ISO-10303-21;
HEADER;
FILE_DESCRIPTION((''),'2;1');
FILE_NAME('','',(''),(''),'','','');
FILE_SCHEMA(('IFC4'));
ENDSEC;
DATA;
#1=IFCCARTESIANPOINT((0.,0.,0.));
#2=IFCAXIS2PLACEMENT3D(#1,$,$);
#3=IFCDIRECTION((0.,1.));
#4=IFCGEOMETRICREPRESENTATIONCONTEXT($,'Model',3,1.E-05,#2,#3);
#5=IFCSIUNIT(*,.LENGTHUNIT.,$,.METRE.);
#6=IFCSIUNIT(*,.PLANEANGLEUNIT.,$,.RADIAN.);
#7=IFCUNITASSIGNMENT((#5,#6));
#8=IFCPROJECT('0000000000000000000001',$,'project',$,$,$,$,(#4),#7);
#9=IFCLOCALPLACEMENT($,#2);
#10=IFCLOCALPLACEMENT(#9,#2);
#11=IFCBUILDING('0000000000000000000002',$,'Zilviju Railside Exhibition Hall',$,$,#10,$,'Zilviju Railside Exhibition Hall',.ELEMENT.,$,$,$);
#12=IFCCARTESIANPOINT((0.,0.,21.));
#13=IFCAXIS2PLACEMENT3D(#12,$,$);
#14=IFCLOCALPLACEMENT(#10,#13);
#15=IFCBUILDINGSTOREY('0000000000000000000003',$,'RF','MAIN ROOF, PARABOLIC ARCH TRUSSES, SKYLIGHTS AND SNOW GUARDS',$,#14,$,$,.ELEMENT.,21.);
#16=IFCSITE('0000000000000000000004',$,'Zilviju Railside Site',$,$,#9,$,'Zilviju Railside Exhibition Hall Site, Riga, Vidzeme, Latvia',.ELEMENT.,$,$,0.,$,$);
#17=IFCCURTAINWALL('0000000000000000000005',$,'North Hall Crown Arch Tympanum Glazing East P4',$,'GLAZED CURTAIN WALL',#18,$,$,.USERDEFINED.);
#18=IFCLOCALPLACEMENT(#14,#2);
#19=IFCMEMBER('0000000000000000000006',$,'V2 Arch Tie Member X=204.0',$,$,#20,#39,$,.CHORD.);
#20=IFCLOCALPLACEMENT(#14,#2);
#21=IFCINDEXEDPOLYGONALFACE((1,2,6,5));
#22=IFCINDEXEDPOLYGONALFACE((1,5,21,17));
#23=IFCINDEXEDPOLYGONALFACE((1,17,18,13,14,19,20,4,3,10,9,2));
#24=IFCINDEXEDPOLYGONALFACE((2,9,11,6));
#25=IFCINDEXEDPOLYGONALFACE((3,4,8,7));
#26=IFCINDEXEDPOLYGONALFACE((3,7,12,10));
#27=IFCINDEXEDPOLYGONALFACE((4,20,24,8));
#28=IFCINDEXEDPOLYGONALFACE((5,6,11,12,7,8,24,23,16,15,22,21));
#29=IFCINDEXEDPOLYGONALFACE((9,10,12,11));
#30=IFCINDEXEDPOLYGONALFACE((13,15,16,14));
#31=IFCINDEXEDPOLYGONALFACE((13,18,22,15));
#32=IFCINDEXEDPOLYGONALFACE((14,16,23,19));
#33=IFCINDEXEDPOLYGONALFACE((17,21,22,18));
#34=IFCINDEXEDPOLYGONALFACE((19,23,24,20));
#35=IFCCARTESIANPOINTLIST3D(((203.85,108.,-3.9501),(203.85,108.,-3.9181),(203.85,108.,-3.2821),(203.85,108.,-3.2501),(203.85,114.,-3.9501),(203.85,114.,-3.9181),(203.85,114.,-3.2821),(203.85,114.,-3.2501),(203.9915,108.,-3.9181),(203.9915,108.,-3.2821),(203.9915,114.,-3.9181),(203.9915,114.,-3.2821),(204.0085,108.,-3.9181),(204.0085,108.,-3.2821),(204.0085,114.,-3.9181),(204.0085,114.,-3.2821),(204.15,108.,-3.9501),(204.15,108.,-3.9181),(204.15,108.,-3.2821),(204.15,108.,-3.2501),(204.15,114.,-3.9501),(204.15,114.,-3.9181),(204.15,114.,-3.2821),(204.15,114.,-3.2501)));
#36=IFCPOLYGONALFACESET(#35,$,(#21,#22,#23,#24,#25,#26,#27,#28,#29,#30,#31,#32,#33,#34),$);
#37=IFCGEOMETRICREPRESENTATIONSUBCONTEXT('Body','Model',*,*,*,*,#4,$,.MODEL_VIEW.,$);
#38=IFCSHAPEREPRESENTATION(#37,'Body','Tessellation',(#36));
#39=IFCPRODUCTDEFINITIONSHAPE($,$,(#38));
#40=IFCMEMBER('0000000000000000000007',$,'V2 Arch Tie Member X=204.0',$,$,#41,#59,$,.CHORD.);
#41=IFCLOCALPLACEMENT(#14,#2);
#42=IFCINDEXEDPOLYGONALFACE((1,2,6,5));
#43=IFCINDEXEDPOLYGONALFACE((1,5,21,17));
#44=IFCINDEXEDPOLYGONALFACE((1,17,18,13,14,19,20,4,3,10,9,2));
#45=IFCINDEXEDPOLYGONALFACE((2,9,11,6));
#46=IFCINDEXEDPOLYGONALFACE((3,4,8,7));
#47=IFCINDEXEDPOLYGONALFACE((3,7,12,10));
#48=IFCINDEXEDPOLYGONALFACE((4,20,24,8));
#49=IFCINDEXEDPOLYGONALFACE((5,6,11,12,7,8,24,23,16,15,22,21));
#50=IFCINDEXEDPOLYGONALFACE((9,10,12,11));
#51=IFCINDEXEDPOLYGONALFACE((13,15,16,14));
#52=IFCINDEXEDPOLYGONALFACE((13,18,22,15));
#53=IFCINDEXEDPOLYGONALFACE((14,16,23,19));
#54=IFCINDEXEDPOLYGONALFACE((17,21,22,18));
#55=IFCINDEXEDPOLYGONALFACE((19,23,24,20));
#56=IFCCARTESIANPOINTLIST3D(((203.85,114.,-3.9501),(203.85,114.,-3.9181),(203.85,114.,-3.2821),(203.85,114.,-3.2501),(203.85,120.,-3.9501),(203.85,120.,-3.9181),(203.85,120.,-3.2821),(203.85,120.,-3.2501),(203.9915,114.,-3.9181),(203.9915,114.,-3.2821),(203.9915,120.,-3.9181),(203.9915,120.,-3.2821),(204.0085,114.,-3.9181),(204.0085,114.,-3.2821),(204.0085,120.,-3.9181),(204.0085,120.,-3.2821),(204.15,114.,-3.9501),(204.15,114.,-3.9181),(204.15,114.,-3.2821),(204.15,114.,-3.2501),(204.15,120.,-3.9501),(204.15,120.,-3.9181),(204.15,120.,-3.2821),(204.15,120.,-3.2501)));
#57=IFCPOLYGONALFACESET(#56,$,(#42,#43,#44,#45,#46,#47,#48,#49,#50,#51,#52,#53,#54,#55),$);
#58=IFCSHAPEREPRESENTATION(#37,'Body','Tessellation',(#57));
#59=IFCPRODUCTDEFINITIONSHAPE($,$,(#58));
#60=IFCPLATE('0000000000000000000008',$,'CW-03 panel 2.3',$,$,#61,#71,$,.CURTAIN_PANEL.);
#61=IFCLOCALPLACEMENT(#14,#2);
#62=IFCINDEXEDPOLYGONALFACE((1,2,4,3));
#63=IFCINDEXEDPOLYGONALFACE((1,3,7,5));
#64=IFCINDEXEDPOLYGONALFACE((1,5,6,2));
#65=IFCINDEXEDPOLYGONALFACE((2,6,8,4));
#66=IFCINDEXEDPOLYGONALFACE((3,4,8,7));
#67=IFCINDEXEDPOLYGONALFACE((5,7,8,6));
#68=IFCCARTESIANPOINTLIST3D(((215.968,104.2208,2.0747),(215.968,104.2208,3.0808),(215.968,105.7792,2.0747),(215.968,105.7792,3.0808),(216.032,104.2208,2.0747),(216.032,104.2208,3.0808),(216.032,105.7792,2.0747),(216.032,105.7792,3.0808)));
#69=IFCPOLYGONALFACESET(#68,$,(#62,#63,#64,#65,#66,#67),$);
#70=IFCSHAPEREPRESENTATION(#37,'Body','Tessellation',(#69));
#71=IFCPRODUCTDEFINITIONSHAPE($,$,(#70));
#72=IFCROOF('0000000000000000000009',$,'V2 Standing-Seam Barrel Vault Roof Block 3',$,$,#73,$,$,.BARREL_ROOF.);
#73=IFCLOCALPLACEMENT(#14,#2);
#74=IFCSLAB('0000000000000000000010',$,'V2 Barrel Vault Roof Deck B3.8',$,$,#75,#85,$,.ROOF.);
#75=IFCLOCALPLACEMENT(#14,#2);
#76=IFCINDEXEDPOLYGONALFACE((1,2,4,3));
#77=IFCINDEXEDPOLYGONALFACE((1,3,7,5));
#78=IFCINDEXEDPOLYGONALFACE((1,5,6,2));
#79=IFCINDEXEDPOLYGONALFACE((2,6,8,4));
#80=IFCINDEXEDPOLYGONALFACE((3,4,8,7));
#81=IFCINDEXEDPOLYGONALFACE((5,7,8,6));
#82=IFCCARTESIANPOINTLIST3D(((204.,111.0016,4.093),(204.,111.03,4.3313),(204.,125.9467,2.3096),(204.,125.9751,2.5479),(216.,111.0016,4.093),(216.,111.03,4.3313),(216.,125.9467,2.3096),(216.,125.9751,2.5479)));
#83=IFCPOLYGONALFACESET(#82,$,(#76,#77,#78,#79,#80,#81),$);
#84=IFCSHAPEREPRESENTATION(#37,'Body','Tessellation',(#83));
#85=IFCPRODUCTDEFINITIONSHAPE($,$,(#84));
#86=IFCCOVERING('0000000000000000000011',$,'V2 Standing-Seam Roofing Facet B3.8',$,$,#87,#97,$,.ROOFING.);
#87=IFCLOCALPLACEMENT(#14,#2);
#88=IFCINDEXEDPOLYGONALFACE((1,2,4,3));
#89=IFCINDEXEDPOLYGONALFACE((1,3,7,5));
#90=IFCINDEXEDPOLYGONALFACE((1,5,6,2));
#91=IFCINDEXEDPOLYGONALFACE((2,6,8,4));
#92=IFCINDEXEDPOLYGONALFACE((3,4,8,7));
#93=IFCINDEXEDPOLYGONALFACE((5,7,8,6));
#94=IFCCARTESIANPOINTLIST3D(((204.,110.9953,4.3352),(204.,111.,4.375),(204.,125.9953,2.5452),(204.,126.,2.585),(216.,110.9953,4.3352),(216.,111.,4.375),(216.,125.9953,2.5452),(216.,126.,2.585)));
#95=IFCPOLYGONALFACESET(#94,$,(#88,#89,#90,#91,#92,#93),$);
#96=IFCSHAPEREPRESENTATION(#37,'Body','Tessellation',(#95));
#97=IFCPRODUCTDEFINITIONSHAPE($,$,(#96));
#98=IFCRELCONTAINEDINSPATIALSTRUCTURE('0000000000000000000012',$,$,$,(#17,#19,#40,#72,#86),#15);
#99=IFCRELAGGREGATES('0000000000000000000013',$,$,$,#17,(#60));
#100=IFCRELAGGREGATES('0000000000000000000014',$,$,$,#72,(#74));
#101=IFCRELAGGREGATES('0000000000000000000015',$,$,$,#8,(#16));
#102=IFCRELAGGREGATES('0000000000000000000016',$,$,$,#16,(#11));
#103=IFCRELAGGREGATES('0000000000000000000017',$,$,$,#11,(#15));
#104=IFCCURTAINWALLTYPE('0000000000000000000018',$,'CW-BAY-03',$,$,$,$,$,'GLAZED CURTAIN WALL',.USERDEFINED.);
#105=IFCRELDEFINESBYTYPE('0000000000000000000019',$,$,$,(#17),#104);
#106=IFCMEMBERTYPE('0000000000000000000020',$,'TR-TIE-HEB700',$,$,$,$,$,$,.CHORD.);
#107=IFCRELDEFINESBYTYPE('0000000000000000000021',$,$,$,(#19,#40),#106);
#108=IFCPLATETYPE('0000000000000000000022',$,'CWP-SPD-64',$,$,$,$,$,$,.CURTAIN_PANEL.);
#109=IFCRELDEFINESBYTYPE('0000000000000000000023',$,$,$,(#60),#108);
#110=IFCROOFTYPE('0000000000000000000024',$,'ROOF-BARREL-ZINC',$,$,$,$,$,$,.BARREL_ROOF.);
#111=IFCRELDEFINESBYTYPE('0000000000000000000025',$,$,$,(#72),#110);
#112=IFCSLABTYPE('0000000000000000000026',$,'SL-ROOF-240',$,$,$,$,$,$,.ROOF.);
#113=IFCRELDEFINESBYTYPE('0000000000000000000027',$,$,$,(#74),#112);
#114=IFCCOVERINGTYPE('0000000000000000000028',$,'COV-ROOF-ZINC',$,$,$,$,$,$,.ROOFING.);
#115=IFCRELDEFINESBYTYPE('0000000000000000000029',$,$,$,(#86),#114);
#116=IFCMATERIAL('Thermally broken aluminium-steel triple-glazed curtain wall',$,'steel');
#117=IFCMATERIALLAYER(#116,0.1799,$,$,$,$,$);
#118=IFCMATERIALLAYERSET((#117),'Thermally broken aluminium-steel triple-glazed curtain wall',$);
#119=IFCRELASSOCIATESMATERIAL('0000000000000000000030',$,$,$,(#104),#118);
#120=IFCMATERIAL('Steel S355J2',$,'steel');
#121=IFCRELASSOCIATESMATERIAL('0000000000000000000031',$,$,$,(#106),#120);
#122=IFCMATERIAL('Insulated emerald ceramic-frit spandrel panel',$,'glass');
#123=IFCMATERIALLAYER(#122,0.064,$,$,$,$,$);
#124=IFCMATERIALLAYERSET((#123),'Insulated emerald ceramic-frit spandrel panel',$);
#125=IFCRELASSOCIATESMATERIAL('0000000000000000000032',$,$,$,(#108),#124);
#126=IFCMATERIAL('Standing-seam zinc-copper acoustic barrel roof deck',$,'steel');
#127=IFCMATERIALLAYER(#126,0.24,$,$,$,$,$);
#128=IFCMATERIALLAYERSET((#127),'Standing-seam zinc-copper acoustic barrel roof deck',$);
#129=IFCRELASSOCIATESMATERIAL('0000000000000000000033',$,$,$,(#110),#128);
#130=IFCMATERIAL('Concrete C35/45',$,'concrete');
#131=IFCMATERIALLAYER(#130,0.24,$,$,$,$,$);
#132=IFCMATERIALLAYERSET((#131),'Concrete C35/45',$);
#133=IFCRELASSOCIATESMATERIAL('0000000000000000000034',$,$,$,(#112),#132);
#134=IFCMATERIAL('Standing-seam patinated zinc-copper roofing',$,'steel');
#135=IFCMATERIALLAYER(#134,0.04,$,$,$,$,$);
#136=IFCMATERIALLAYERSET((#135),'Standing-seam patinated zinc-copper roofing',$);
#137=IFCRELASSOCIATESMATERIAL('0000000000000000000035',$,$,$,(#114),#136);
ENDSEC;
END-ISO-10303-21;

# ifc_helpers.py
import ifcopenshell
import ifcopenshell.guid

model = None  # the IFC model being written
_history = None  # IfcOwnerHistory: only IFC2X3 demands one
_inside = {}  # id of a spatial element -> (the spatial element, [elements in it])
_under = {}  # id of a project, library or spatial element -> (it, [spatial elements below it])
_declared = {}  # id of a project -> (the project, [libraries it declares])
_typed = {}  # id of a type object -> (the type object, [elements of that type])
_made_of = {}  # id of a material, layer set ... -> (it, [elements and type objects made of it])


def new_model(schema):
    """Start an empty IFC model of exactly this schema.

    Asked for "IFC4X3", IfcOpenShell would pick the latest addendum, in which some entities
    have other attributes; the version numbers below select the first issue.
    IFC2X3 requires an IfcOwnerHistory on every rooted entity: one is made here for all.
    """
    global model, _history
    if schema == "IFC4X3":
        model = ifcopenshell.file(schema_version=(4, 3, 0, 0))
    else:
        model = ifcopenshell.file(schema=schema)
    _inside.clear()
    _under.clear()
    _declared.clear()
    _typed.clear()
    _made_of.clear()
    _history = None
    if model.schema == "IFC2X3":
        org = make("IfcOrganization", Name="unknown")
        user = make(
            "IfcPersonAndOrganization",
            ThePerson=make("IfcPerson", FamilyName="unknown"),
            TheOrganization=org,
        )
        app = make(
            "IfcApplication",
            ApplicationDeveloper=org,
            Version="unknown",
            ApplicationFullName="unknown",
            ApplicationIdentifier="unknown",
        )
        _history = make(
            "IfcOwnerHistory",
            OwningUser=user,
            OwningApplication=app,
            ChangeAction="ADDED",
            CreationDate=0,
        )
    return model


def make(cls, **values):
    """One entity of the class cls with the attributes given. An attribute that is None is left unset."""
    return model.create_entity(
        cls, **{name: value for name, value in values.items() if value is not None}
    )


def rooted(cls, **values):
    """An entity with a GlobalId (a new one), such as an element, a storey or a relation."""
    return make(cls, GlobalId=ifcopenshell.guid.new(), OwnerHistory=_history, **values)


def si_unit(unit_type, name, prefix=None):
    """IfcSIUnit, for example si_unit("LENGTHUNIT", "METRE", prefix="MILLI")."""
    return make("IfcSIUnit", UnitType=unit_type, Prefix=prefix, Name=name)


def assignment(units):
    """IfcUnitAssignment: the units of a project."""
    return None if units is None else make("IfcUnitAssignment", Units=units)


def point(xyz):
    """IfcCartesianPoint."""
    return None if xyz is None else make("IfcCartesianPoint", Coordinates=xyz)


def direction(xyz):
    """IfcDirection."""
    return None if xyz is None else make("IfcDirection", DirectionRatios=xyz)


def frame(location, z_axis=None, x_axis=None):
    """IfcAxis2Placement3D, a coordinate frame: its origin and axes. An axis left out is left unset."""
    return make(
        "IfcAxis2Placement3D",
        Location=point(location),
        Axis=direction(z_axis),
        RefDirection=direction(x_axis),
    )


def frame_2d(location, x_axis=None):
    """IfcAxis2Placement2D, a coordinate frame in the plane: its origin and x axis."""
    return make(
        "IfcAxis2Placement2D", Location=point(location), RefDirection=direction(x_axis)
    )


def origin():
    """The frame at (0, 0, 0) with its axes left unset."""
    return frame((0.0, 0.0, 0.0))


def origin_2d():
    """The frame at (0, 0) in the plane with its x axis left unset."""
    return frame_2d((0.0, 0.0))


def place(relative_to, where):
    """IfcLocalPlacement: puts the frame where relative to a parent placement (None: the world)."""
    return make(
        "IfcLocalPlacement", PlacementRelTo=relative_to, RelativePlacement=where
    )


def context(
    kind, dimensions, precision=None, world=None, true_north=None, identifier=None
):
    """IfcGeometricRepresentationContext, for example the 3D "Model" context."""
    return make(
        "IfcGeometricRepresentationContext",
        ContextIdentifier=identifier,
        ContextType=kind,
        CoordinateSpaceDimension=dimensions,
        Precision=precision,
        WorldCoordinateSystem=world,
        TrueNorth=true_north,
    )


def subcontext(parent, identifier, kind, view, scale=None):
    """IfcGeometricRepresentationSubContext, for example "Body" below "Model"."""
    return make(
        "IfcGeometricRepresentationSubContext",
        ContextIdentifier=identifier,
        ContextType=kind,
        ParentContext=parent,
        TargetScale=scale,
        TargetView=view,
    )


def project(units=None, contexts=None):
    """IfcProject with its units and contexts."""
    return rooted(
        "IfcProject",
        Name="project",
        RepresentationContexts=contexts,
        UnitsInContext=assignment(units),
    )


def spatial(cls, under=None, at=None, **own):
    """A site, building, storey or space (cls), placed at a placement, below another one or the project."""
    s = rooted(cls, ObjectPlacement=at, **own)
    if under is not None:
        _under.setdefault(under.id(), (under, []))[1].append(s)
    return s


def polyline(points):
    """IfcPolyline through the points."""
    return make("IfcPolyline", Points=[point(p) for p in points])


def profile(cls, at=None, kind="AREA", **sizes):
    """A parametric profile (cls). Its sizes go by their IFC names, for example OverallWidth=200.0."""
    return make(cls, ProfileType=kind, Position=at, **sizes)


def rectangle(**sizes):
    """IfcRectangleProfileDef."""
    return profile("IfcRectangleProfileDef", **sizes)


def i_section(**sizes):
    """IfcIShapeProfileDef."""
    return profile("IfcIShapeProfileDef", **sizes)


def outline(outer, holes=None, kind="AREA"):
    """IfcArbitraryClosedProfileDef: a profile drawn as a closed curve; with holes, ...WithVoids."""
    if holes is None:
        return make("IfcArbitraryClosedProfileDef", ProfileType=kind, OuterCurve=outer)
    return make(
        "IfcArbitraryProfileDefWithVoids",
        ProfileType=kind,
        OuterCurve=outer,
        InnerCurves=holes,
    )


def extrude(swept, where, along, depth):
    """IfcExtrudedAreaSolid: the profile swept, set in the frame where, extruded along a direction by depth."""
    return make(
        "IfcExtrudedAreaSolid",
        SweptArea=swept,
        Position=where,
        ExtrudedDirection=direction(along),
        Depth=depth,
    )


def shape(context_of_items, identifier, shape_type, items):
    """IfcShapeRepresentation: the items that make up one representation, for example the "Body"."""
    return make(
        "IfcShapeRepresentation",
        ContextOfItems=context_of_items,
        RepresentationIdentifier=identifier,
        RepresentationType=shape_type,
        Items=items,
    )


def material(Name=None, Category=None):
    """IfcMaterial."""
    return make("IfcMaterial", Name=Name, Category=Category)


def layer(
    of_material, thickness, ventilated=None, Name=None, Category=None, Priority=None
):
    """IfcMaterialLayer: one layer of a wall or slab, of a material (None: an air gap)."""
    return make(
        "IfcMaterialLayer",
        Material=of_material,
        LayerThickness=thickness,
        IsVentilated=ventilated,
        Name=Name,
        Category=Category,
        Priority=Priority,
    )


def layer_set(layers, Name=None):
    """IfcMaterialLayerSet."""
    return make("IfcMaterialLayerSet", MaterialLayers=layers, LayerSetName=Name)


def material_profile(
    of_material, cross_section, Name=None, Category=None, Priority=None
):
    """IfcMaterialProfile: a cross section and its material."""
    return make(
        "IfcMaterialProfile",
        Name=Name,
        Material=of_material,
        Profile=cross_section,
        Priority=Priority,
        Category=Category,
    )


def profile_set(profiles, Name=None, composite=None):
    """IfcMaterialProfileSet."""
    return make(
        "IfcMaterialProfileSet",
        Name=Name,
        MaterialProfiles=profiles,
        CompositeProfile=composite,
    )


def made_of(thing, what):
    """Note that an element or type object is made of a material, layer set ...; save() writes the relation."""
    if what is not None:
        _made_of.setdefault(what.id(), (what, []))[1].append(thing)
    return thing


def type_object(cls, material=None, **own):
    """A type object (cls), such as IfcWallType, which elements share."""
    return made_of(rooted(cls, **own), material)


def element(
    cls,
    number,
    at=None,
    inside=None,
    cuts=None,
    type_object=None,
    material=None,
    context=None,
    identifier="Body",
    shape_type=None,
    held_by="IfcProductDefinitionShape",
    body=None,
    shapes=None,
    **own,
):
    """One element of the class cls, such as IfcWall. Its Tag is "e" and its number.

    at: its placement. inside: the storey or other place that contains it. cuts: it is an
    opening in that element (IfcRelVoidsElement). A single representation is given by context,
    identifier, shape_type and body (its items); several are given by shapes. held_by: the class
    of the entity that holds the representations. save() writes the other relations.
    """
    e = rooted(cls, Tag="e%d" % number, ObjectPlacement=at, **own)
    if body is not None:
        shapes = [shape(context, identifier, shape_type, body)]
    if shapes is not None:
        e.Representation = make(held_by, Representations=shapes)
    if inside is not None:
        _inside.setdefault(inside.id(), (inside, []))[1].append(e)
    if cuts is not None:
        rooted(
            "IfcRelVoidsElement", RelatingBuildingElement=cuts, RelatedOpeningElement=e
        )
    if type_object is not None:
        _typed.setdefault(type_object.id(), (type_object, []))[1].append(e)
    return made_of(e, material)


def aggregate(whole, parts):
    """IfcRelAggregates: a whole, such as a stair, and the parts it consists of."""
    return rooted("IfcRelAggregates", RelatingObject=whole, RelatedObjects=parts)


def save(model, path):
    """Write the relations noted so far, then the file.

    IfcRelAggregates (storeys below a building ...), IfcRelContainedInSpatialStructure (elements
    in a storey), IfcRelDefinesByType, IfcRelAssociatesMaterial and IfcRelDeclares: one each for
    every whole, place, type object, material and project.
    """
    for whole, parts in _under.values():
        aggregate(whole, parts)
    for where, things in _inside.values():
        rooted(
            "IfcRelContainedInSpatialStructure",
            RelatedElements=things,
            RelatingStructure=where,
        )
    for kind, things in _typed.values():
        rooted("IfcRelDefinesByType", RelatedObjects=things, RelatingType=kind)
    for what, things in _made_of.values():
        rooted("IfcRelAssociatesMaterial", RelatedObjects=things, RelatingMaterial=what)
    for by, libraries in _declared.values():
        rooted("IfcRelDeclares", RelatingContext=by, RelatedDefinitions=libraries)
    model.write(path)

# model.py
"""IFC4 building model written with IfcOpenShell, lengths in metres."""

from ifc_helpers import new_model, si_unit, direction, frame, origin, origin_2d, place, context, subcontext, project, spatial, polyline, rectangle, i_section, outline, extrude, material, layer, layer_set, material_profile, profile_set, type_object, element, aggregate, save


model = new_model("IFC4")

# Units and contexts
model_context = context("Model", 3, precision=1e-05, world=origin(), true_north=direction((0.0, 1.0)))
body_context = subcontext(model_context, "Body", "Model", "MODEL_VIEW")
ifc_project = project(units=[si_unit("LENGTHUNIT", "METRE"), si_unit("PLANEANGLEUNIT", "RADIAN")], contexts=[model_context])

# Site, building, storey
site_placement = place(None, origin())
site = spatial("IfcSite", under=ifc_project, at=site_placement, Name="Zilviju Railside Site", LongName="Zilviju Railside Exhibition Hall Site, Riga, Vidzeme, Latvia", CompositionType="ELEMENT", RefElevation=0.0)
building_placement = place(site_placement, origin())
building = spatial("IfcBuilding", under=site, at=building_placement, Name="Zilviju Railside Exhibition Hall", LongName="Zilviju Railside Exhibition Hall", CompositionType="ELEMENT")
storey_placement = place(building_placement, frame((0.0, 0.0, 21.0)))
storey = spatial("IfcBuildingStorey", under=building, at=storey_placement, Name="RF", Description="MAIN ROOF, PARABOLIC ARCH TRUSSES, SKYLIGHTS AND SNOW GUARDS", CompositionType="ELEMENT", Elevation=21.0)

# Curtain wall
ifc_material_1 = material(Name="Thermally broken aluminium-steel triple-glazed curtain wall", Category="steel")
ifc_layer_1 = layer(ifc_material_1, 0.1799)
ifc_layer_set_1 = layer_set([ifc_layer_1], Name="Thermally broken aluminium-steel triple-glazed curtain wall")
curtain_wall_type_1 = type_object("IfcCurtainWallType", Name="CW-BAY-03", ElementType="GLAZED CURTAIN WALL", PredefinedType="USERDEFINED", material=ifc_layer_set_1)
curtain_wall_1_placement = place(storey_placement, origin())
curtain_wall_1 = element("IfcCurtainWall", 1, at=curtain_wall_1_placement, inside=storey, type_object=curtain_wall_type_1, Name="North Hall Crown Arch Tympanum Glazing East P4", ObjectType="GLAZED CURTAIN WALL", PredefinedType="USERDEFINED")

# Members
ifc_material_2 = material(Name="Steel S355J2", Category="steel")
ifc_material_profile_1 = material_profile(ifc_material_2, i_section(OverallWidth=0.3, OverallDepth=0.7, WebThickness=0.0171, FlangeThickness=0.032, at=origin_2d()), Name="HEB 700")
ifc_profile_set_1 = profile_set([ifc_material_profile_1], Name="Steel S355J2")
member_type_1 = type_object("IfcMemberType", Name="TR-TIE-HEB700", PredefinedType="CHORD", material=ifc_profile_set_1)
for number, where, z_axis, x_axis, name in (
    (2, (204.0, 108.0, -3.6001), (0.0, 1.0, 0.0), (-1.0, 0.0, 0.0), "V2 Arch Tie Member X=204.0"),
    (3, (204.0, 114.0, -3.6001), (0.0, 1.0, 0.0), (-1.0, 0.0, 0.0), "V2 Arch Tie Member X=204.0"),
):
    element("IfcMember", number, at=place(storey_placement, frame(where, z_axis=z_axis, x_axis=x_axis)), inside=storey, type_object=member_type_1, Name=name, PredefinedType="CHORD", context=body_context, shape_type="SweptSolid", body=[
        extrude(i_section(OverallWidth=0.3, OverallDepth=0.7, WebThickness=0.0171, FlangeThickness=0.032, at=origin_2d()), origin(), (0.0, 0.0, 1.0), 6.0),
    ])

# Plate
ifc_material_3 = material(Name="Insulated emerald ceramic-frit spandrel panel", Category="glass")
ifc_layer_2 = layer(ifc_material_3, 0.064)
ifc_layer_set_2 = layer_set([ifc_layer_2], Name="Insulated emerald ceramic-frit spandrel panel")
plate_type = type_object("IfcPlateType", Name="CWP-SPD-64", PredefinedType="CURTAIN_PANEL", material=ifc_layer_set_2)
plate_placement = place(storey_placement, frame((216.0, 105.0, 2.0747), z_axis=(0.0, 0.0, 1.0), x_axis=(0.0, -1.0, 0.0)))
plate = element("IfcPlate", 4, at=plate_placement, type_object=plate_type, Name="CW-03 panel 2.3", PredefinedType="CURTAIN_PANEL", context=body_context, shape_type="SweptSolid", body=[
    extrude(rectangle(XDim=1.5583, YDim=0.064, at=origin_2d()), origin(), (0.0, 0.0, 1.0), 1.0061),
])
aggregate(curtain_wall_1, [plate])

# Roof, slab
ifc_material_4 = material(Name="Standing-seam zinc-copper acoustic barrel roof deck", Category="steel")
ifc_layer_3 = layer(ifc_material_4, 0.24)
ifc_layer_set_3 = layer_set([ifc_layer_3], Name="Standing-seam zinc-copper acoustic barrel roof deck")
roof_type = type_object("IfcRoofType", Name="ROOF-BARREL-ZINC", PredefinedType="BARREL_ROOF", material=ifc_layer_set_3)
roof_placement = place(storey_placement, origin())
roof = element("IfcRoof", 5, at=roof_placement, inside=storey, type_object=roof_type, Name="V2 Standing-Seam Barrel Vault Roof Block 3", PredefinedType="BARREL_ROOF")
ifc_material_5 = material(Name="Concrete C35/45", Category="concrete")
ifc_layer_4 = layer(ifc_material_5, 0.24)
ifc_layer_set_4 = layer_set([ifc_layer_4], Name="Concrete C35/45")
slab_type = type_object("IfcSlabType", Name="SL-ROOF-240", PredefinedType="ROOF", material=ifc_layer_set_4)
slab_placement = place(storey_placement, frame((204.0, 111.03, 4.3313), z_axis=(0.0, 0.118493, 0.992955), x_axis=(1.0, 0.0, 0.0)))
slab = element("IfcSlab", 6, at=slab_placement, type_object=slab_type, Name="V2 Barrel Vault Roof Deck B3.8", PredefinedType="ROOF", context=body_context, shape_type="SweptSolid", body=[
    extrude(outline(polyline([(0.0, 0.0), (12.0, 0.0), (12.0, 15.0511), (0.0, 15.0511), (0.0, 0.0)])), origin(), (0.0, 0.0, -1.0), 0.24),
])
aggregate(roof, [slab])

# Covering
ifc_material_6 = material(Name="Standing-seam patinated zinc-copper roofing", Category="steel")
ifc_layer_5 = layer(ifc_material_6, 0.04)
ifc_layer_set_5 = layer_set([ifc_layer_5], Name="Standing-seam patinated zinc-copper roofing")
covering_type = type_object("IfcCoveringType", Name="COV-ROOF-ZINC", PredefinedType="ROOFING", material=ifc_layer_set_5)
covering_placement = place(storey_placement, frame((204.0, 111.0, 4.375), z_axis=(0.0, 0.118495, 0.992955), x_axis=(1.0, 0.0, 0.0)))
element("IfcCovering", 7, at=covering_placement, inside=storey, type_object=covering_type, Name="V2 Standing-Seam Roofing Facet B3.8", PredefinedType="ROOFING", context=body_context, shape_type="SweptSolid", body=[
    extrude(outline(polyline([(0.0, 0.0), (12.0, 0.0), (12.0, 15.1064), (0.0, 15.1064), (0.0, 0.0)])), origin(), (0.0, 0.0, -1.0), 0.04),
])

save(model, "model.ifc")
